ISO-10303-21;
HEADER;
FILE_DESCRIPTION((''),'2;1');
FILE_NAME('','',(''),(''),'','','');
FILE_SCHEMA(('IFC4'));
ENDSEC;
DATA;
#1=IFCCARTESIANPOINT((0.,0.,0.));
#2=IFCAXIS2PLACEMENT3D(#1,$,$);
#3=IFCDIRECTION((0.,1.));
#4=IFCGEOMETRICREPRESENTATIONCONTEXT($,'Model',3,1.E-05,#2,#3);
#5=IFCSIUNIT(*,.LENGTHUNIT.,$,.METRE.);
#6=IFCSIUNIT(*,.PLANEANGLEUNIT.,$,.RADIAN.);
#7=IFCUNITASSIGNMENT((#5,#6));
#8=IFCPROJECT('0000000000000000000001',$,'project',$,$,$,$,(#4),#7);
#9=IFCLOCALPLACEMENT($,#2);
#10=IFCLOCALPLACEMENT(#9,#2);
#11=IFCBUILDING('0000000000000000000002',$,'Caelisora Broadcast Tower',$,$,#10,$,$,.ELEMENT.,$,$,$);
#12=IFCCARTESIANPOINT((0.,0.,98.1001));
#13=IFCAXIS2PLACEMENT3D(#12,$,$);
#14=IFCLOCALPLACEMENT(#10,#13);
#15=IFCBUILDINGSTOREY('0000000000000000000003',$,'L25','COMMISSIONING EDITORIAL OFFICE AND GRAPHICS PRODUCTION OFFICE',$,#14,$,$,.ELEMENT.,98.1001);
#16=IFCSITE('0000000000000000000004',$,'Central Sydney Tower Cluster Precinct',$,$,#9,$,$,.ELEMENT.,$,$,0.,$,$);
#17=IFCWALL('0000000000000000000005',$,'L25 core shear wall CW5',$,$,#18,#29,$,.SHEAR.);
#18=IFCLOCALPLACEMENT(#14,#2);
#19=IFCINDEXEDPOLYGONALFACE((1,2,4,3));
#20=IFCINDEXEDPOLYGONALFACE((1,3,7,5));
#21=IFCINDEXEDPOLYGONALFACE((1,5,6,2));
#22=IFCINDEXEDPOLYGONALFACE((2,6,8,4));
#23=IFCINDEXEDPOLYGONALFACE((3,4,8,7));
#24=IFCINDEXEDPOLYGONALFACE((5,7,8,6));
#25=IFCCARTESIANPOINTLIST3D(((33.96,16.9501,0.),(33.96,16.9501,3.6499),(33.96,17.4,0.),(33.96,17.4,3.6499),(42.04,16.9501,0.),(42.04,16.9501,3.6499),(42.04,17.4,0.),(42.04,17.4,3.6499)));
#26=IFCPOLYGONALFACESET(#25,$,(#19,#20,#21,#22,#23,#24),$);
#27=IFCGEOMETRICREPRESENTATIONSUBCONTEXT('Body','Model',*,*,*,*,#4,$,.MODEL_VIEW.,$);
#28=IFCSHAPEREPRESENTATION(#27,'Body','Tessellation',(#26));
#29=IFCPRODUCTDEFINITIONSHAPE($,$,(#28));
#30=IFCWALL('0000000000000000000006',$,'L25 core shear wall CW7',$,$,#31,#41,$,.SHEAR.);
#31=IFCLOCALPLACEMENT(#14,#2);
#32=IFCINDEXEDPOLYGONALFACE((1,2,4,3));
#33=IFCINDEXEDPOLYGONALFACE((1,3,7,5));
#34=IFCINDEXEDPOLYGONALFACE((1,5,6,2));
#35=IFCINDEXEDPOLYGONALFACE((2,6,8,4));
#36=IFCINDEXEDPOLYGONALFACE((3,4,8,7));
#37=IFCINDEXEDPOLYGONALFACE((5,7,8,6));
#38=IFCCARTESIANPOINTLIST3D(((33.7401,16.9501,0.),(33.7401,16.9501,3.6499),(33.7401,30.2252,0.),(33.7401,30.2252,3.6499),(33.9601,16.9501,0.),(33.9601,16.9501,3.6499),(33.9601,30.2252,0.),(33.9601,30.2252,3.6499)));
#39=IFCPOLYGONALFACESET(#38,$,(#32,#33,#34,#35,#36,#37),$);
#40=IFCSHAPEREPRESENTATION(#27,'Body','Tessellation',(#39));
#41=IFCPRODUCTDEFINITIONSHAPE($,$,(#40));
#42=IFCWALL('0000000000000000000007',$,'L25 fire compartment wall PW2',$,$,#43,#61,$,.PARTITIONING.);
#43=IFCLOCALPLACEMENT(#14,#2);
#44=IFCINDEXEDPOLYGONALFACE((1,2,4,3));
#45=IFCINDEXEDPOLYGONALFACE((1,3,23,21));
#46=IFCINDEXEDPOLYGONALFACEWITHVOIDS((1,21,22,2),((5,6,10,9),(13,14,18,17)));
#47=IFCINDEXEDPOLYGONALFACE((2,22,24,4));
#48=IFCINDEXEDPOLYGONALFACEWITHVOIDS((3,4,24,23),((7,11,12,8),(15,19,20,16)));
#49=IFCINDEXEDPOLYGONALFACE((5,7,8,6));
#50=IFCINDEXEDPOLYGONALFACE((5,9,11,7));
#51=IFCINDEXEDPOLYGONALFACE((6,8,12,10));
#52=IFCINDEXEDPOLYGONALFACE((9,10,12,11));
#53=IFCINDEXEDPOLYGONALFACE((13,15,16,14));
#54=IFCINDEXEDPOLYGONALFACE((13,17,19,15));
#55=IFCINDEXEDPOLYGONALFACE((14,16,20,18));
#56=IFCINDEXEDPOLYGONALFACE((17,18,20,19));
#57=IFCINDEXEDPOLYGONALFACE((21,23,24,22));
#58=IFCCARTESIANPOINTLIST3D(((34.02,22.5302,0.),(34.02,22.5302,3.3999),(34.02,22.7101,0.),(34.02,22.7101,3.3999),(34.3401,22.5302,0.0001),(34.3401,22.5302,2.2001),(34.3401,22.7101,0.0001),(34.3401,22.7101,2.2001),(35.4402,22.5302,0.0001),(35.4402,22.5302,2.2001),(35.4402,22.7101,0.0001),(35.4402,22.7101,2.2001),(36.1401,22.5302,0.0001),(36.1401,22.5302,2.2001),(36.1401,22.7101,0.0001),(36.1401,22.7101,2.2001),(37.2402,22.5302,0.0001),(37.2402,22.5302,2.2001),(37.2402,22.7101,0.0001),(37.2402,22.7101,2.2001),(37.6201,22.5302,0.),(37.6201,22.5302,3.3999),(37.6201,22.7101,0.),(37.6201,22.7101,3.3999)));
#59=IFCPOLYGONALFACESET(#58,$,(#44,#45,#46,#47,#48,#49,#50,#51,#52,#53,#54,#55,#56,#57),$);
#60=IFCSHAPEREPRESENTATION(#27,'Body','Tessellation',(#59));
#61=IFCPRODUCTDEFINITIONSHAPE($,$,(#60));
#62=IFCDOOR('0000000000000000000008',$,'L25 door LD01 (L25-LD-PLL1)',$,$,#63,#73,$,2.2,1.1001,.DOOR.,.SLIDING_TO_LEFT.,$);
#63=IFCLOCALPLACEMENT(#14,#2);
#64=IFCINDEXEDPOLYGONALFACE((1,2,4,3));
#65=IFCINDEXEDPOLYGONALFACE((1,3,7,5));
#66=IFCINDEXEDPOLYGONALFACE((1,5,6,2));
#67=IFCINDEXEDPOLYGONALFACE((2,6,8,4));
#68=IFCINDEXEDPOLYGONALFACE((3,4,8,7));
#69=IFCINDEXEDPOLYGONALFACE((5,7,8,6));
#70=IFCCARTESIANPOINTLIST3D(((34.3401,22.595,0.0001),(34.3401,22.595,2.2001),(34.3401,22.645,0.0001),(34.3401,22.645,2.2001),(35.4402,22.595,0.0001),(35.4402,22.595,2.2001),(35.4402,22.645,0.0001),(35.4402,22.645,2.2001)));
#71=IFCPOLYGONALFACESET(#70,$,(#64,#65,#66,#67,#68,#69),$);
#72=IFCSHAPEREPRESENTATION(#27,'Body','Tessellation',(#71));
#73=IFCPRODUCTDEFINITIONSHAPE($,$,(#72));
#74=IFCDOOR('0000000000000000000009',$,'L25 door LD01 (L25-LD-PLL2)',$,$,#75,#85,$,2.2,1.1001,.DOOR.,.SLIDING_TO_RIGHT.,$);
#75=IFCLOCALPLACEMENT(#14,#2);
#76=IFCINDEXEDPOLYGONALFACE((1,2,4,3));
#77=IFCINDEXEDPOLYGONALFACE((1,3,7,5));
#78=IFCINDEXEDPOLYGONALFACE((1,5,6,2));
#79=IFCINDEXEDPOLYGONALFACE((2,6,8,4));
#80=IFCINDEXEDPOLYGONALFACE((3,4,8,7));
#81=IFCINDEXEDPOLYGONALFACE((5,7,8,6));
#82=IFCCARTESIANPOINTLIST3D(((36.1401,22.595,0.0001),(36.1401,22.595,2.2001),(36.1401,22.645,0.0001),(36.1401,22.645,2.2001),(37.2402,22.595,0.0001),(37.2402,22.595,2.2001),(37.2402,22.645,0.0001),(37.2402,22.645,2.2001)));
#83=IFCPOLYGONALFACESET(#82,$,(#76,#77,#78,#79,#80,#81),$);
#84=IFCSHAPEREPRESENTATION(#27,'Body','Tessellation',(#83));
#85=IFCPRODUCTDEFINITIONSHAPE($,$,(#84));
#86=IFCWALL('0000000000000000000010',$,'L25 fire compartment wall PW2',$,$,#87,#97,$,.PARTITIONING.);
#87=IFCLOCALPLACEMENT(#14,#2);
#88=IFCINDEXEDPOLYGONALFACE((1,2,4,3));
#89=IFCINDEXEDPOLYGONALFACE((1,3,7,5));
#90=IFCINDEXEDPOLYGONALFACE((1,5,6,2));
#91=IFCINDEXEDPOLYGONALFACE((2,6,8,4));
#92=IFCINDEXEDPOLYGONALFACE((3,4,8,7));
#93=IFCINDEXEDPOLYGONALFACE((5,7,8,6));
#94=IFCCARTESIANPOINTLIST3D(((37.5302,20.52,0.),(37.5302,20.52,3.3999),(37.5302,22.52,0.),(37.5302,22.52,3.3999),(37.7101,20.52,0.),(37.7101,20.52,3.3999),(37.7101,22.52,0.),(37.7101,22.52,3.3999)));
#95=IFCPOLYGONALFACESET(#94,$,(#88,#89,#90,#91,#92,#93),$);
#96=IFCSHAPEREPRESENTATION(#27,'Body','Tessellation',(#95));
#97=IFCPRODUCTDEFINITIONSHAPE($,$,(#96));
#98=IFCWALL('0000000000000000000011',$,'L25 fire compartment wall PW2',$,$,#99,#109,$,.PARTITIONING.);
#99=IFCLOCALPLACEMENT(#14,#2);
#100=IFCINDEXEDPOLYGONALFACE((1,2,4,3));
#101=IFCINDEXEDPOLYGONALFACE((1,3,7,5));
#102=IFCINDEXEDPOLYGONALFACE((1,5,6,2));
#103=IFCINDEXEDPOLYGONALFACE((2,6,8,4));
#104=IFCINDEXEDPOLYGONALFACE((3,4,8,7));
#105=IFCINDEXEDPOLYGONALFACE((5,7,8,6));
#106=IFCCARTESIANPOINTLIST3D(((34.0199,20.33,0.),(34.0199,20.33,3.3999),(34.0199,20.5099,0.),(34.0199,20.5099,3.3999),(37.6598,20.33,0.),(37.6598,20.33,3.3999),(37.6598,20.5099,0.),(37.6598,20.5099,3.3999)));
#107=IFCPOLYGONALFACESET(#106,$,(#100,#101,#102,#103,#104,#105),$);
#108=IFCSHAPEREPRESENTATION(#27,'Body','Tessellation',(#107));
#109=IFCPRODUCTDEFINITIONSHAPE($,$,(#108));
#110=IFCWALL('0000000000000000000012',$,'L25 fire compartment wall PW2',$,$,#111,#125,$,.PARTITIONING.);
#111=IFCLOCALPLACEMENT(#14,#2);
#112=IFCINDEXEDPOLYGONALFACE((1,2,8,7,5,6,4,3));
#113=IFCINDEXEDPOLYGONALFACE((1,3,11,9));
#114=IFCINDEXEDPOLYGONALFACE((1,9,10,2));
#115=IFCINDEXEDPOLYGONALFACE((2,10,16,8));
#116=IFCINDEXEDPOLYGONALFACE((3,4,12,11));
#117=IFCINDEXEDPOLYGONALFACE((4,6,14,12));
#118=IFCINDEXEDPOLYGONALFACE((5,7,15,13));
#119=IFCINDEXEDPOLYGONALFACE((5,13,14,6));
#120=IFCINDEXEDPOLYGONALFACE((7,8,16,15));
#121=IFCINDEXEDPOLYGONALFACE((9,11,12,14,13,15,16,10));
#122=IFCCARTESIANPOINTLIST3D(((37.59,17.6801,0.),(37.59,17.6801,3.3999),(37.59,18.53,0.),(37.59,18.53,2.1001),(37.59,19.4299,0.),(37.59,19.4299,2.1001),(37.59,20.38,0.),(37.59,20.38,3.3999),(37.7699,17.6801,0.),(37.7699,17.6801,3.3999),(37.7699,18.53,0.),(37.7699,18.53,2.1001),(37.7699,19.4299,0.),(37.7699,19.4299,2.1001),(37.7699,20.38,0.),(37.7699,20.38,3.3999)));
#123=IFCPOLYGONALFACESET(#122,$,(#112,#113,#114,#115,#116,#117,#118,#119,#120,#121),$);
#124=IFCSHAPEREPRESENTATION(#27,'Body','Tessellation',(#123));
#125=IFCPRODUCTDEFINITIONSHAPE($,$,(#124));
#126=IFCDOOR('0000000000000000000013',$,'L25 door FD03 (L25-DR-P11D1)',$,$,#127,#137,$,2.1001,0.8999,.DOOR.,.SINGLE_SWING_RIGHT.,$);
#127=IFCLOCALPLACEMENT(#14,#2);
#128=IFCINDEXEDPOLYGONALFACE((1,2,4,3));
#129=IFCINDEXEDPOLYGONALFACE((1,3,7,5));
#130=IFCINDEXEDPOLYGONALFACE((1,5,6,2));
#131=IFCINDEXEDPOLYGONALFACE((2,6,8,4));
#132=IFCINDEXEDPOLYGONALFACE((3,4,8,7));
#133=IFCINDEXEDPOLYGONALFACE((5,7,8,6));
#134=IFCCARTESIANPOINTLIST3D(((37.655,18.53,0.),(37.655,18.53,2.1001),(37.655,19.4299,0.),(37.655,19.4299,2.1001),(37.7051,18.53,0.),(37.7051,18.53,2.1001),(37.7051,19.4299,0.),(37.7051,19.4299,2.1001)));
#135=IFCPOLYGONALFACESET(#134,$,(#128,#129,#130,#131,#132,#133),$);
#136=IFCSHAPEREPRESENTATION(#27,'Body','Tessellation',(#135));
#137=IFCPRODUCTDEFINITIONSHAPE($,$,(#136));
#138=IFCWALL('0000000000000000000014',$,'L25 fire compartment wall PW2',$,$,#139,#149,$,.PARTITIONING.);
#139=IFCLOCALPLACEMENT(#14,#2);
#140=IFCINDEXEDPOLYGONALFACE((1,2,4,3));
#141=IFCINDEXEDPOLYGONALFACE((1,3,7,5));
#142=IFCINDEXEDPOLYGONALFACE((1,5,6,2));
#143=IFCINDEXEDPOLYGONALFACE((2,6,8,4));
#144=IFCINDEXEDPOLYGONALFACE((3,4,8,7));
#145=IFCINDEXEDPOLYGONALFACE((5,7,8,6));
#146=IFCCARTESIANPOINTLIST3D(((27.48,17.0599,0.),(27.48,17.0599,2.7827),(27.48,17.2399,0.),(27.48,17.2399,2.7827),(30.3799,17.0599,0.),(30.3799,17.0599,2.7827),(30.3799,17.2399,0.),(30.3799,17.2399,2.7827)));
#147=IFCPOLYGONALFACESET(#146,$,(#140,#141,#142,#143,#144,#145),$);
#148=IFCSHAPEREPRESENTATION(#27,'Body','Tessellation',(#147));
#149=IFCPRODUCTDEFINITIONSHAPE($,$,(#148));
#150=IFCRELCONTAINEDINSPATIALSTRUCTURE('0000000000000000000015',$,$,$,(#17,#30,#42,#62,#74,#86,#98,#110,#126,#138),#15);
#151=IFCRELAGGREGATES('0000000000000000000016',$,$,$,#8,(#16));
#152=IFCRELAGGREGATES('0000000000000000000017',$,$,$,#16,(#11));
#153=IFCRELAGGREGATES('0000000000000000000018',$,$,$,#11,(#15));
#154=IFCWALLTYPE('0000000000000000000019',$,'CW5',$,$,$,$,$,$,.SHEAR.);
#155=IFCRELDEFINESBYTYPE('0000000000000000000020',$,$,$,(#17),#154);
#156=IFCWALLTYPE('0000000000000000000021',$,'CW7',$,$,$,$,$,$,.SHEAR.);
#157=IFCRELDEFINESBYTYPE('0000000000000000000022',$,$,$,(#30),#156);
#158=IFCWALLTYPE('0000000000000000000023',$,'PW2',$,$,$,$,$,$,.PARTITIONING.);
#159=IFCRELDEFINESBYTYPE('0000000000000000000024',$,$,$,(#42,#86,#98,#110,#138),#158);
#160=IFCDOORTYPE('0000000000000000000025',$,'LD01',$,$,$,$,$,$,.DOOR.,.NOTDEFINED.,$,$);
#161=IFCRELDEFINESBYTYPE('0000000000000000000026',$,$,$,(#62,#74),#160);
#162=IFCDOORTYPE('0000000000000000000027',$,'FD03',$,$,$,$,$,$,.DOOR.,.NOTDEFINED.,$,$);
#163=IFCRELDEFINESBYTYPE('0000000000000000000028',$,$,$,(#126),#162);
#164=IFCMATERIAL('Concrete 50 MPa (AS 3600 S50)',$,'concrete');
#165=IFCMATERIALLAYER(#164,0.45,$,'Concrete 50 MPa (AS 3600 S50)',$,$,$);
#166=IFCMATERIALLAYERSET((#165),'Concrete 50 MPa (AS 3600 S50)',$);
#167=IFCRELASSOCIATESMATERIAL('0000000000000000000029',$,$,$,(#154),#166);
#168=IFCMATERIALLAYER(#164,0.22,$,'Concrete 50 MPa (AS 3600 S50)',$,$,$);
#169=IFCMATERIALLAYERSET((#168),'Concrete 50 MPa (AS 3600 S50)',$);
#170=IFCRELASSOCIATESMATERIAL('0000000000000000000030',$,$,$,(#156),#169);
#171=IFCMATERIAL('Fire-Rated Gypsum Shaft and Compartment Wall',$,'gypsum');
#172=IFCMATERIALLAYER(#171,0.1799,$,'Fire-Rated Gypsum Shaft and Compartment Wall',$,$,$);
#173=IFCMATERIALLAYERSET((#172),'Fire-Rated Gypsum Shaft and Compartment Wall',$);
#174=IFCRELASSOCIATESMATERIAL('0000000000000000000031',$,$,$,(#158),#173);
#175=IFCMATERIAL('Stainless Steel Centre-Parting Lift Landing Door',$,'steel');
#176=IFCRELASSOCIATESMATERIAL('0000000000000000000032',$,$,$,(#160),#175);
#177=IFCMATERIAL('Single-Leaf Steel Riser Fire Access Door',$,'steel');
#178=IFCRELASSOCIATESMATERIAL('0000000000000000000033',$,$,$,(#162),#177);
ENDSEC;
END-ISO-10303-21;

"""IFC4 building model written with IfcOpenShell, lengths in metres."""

from ifc_helpers import new_model, si_unit, direction, frame, frame_2d, origin, place, context, subcontext, project, spatial, rectangle, extrude, material, layer, layer_set, type_object, element, fill, save


model = new_model("IFC4")

# Units and contexts
model_context = context("Model", 3, precision=1e-05, world=origin(), true_north=direction((0.0, 1.0)))
body_context = subcontext(model_context, "Body", "Model", "MODEL_VIEW")
ifc_project = project(units=[si_unit("LENGTHUNIT", "METRE"), si_unit("PLANEANGLEUNIT", "RADIAN")], contexts=[model_context])

# Site, building, storey
site_placement = place(None, origin())
site = spatial("IfcSite", under=ifc_project, at=site_placement, Name="Central Sydney Tower Cluster Precinct", CompositionType="ELEMENT", RefElevation=0.0)
building_placement = place(site_placement, origin())
building = spatial("IfcBuilding", under=site, at=building_placement, Name="Caelisora Broadcast Tower", CompositionType="ELEMENT")
storey_placement = place(building_placement, frame((0.0, 0.0, 98.1001)))
storey = spatial("IfcBuildingStorey", under=building, at=storey_placement, Name="L25", Description="COMMISSIONING EDITORIAL OFFICE AND GRAPHICS PRODUCTION OFFICE", CompositionType="ELEMENT", Elevation=98.1001)

# Shared definitions
ifc_material_1 = material(Name="Concrete 50 MPa (AS 3600 S50)", Category="concrete")

# Walls
ifc_layer_1 = layer(ifc_material_1, 0.45, Name="Concrete 50 MPa (AS 3600 S50)")
ifc_layer_set_1 = layer_set([ifc_layer_1], Name="Concrete 50 MPa (AS 3600 S50)")
wall_type_1 = type_object("IfcWallType", Name="CW5", PredefinedType="SHEAR", material=ifc_layer_set_1)
wall_1_placement = place(storey_placement, frame((33.96, 17.175, 0.0), z_axis=(0.0, 0.0, 1.0), x_axis=(1.0, 0.0, 0.0)))
element("IfcWall", 1, at=wall_1_placement, inside=storey, type_object=wall_type_1, Name="L25 core shear wall CW5", PredefinedType="SHEAR", context=body_context, shape_type="SweptSolid", body=[
    extrude(rectangle(XDim=8.0801, YDim=0.45, at=frame_2d((4.04, 0.0))), origin(), (0.0, 0.0, 1.0), 3.6499),
])
ifc_layer_2 = layer(ifc_material_1, 0.22, Name="Concrete 50 MPa (AS 3600 S50)")
ifc_layer_set_2 = layer_set([ifc_layer_2], Name="Concrete 50 MPa (AS 3600 S50)")
wall_type_2 = type_object("IfcWallType", Name="CW7", PredefinedType="SHEAR", material=ifc_layer_set_2)
wall_2_placement = place(storey_placement, frame((33.8501, 16.95, 0.0), z_axis=(0.0, 0.0, 1.0), x_axis=(0.0, 1.0, 0.0)))
element("IfcWall", 2, at=wall_2_placement, inside=storey, type_object=wall_type_2, Name="L25 core shear wall CW7", PredefinedType="SHEAR", context=body_context, shape_type="SweptSolid", body=[
    extrude(rectangle(XDim=13.2751, YDim=0.22, at=frame_2d((6.6377, 0.0))), origin(), (0.0, 0.0, 1.0), 3.6499),
])

# Wall, openings, doors
ifc_material_2 = material(Name="Fire-Rated Gypsum Shaft and Compartment Wall", Category="gypsum")
ifc_layer_3 = layer(ifc_material_2, 0.1799, Name="Fire-Rated Gypsum Shaft and Compartment Wall")
ifc_layer_set_3 = layer_set([ifc_layer_3], Name="Fire-Rated Gypsum Shaft and Compartment Wall")
wall_type_3 = type_object("IfcWallType", Name="PW2", PredefinedType="PARTITIONING", material=ifc_layer_set_3)
wall_3_placement = place(storey_placement, frame((34.02, 22.6201, 0.0), z_axis=(0.0, 0.0, 1.0), x_axis=(1.0, 0.0, 0.0)))
wall_3 = element("IfcWall", 3, at=wall_3_placement, inside=storey, type_object=wall_type_3, Name="L25 fire compartment wall PW2", PredefinedType="PARTITIONING", context=body_context, shape_type="SweptSolid", body=[
    extrude(rectangle(XDim=3.6001, YDim=0.1799, at=frame_2d((1.8, 0.0))), origin(), (0.0, 0.0, 1.0), 3.3999),
])
opening_1_placement = place(wall_3_placement, frame((0.3201, 0.0, 0.0)))
opening_1 = element("IfcOpeningElement", 4, at=opening_1_placement, cuts=wall_3, PredefinedType="OPENING", context=body_context, shape_type="SweptSolid", body=[
    extrude(rectangle(XDim=1.1001, YDim=2.2, at=frame_2d((0.55, 1.1001))), frame((0.0, 0.1021, 0.0), z_axis=(0.0, -1.0, 0.0), x_axis=(1.0, 0.0, 0.0)), (0.0, 0.0, 1.0), 0.2039),
])
opening_2_placement = place(wall_3_placement, frame((2.1201, 0.0, 0.0)))
opening_2 = element("IfcOpeningElement", 5, at=opening_2_placement, cuts=wall_3, PredefinedType="OPENING", context=body_context, shape_type="SweptSolid", body=[
    extrude(rectangle(XDim=1.1001, YDim=2.2, at=frame_2d((0.55, 1.1001))), frame((0.0, 0.1021, 0.0), z_axis=(0.0, -1.0, 0.0), x_axis=(1.0, 0.0, 0.0)), (0.0, 0.0, 1.0), 0.2039),
])
ifc_material_3 = material(Name="Stainless Steel Centre-Parting Lift Landing Door", Category="steel")
door_type_1 = type_object("IfcDoorType", Name="LD01", OperationType="NOTDEFINED", PredefinedType="DOOR", material=ifc_material_3)
door_1_placement = place(opening_1_placement, origin())
door_1 = element("IfcDoor", 6, at=door_1_placement, inside=storey, type_object=door_type_1, Name="L25 door LD01 (L25-LD-PLL1)", OperationType="SLIDING_TO_LEFT", OverallHeight=2.2, OverallWidth=1.1001, PredefinedType="DOOR", context=body_context, shape_type="SweptSolid", body=[
    extrude(rectangle(XDim=1.1001, YDim=2.2, at=frame_2d((0.55, 1.1001))), frame((0.0, 0.0249, 0.0), z_axis=(0.0, -1.0, 0.0), x_axis=(1.0, 0.0, 0.0)), (0.0, 0.0, 1.0), 0.05),
])
fill(opening_1, door_1)
door_2_placement = place(opening_2_placement, origin())
door_2 = element("IfcDoor", 7, at=door_2_placement, inside=storey, type_object=door_type_1, Name="L25 door LD01 (L25-LD-PLL2)", OperationType="SLIDING_TO_RIGHT", OverallHeight=2.2, OverallWidth=1.1001, PredefinedType="DOOR", context=body_context, shape_type="SweptSolid", body=[
    extrude(rectangle(XDim=1.1001, YDim=2.2, at=frame_2d((0.55, 1.1001))), frame((0.0, 0.0249, 0.0), z_axis=(0.0, -1.0, 0.0), x_axis=(1.0, 0.0, 0.0)), (0.0, 0.0, 1.0), 0.05),
])
fill(opening_2, door_2)

# Walls
wall_4_placement = place(storey_placement, frame((37.6201, 20.52, 0.0), z_axis=(0.0, 0.0, 1.0), x_axis=(0.0, 1.0, 0.0)))
element("IfcWall", 8, at=wall_4_placement, inside=storey, type_object=wall_type_3, Name="L25 fire compartment wall PW2", PredefinedType="PARTITIONING", context=body_context, shape_type="SweptSolid", body=[
    extrude(rectangle(XDim=2.0, YDim=0.1799, at=frame_2d((1.0, 0.0))), origin(), (0.0, 0.0, 1.0), 3.3999),
])
wall_5_placement = place(storey_placement, frame((34.02, 20.4199, 0.0), z_axis=(0.0, 0.0, 1.0), x_axis=(1.0, 0.0, 0.0)))
element("IfcWall", 9, at=wall_5_placement, inside=storey, type_object=wall_type_3, Name="L25 fire compartment wall PW2", PredefinedType="PARTITIONING", context=body_context, shape_type="SweptSolid", body=[
    extrude(rectangle(XDim=3.6399, YDim=0.1799, at=frame_2d((1.8198, 0.0))), origin(), (0.0, 0.0, 1.0), 3.3999),
])

# Wall, opening, door
wall_6_placement = place(storey_placement, frame((37.6799, 17.6799, 0.0), z_axis=(0.0, 0.0, 1.0), x_axis=(0.0, 1.0, 0.0)))
wall_6 = element("IfcWall", 10, at=wall_6_placement, inside=storey, type_object=wall_type_3, Name="L25 fire compartment wall PW2", PredefinedType="PARTITIONING", context=body_context, shape_type="SweptSolid", body=[
    extrude(rectangle(XDim=2.7, YDim=0.1799, at=frame_2d((1.3501, 0.0))), origin(), (0.0, 0.0, 1.0), 3.3999),
])
opening_3_placement = place(wall_6_placement, frame((0.8501, 0.0, 0.0)))
opening_3 = element("IfcOpeningElement", 11, at=opening_3_placement, cuts=wall_6, PredefinedType="OPENING", context=body_context, shape_type="SweptSolid", body=[
    extrude(rectangle(XDim=0.8999, YDim=2.1001, at=frame_2d((0.45, 1.05))), frame((0.0, 0.1021, 0.0), z_axis=(0.0, -1.0, 0.0), x_axis=(1.0, 0.0, 0.0)), (0.0, 0.0, 1.0), 0.2039),
])
ifc_material_4 = material(Name="Single-Leaf Steel Riser Fire Access Door", Category="steel")
door_type_2 = type_object("IfcDoorType", Name="FD03", OperationType="NOTDEFINED", PredefinedType="DOOR", material=ifc_material_4)
door_3_placement = place(opening_3_placement, origin())
door_3 = element("IfcDoor", 12, at=door_3_placement, inside=storey, type_object=door_type_2, Name="L25 door FD03 (L25-DR-P11D1)", OperationType="SINGLE_SWING_RIGHT", OverallHeight=2.1001, OverallWidth=0.8999, PredefinedType="DOOR", context=body_context, shape_type="SweptSolid", body=[
    extrude(rectangle(XDim=0.8999, YDim=2.1001, at=frame_2d((0.45, 1.05))), frame((0.0, 0.0249, 0.0), z_axis=(0.0, -1.0, 0.0), x_axis=(1.0, 0.0, 0.0)), (0.0, 0.0, 1.0), 0.05),
])
fill(opening_3, door_3)

# Wall
wall_7_placement = place(storey_placement, frame((27.48, 17.1499, 0.0), z_axis=(0.0, 0.0, 1.0), x_axis=(1.0, 0.0, 0.0)))
element("IfcWall", 13, at=wall_7_placement, inside=storey, type_object=wall_type_3, Name="L25 fire compartment wall PW2", PredefinedType="PARTITIONING", context=body_context, shape_type="SweptSolid", body=[
    extrude(rectangle(XDim=2.8999, YDim=0.1799, at=frame_2d((1.45, 0.0))), origin(), (0.0, 0.0, 1.0), 2.7827),
])

save(model, "model.ifc")
